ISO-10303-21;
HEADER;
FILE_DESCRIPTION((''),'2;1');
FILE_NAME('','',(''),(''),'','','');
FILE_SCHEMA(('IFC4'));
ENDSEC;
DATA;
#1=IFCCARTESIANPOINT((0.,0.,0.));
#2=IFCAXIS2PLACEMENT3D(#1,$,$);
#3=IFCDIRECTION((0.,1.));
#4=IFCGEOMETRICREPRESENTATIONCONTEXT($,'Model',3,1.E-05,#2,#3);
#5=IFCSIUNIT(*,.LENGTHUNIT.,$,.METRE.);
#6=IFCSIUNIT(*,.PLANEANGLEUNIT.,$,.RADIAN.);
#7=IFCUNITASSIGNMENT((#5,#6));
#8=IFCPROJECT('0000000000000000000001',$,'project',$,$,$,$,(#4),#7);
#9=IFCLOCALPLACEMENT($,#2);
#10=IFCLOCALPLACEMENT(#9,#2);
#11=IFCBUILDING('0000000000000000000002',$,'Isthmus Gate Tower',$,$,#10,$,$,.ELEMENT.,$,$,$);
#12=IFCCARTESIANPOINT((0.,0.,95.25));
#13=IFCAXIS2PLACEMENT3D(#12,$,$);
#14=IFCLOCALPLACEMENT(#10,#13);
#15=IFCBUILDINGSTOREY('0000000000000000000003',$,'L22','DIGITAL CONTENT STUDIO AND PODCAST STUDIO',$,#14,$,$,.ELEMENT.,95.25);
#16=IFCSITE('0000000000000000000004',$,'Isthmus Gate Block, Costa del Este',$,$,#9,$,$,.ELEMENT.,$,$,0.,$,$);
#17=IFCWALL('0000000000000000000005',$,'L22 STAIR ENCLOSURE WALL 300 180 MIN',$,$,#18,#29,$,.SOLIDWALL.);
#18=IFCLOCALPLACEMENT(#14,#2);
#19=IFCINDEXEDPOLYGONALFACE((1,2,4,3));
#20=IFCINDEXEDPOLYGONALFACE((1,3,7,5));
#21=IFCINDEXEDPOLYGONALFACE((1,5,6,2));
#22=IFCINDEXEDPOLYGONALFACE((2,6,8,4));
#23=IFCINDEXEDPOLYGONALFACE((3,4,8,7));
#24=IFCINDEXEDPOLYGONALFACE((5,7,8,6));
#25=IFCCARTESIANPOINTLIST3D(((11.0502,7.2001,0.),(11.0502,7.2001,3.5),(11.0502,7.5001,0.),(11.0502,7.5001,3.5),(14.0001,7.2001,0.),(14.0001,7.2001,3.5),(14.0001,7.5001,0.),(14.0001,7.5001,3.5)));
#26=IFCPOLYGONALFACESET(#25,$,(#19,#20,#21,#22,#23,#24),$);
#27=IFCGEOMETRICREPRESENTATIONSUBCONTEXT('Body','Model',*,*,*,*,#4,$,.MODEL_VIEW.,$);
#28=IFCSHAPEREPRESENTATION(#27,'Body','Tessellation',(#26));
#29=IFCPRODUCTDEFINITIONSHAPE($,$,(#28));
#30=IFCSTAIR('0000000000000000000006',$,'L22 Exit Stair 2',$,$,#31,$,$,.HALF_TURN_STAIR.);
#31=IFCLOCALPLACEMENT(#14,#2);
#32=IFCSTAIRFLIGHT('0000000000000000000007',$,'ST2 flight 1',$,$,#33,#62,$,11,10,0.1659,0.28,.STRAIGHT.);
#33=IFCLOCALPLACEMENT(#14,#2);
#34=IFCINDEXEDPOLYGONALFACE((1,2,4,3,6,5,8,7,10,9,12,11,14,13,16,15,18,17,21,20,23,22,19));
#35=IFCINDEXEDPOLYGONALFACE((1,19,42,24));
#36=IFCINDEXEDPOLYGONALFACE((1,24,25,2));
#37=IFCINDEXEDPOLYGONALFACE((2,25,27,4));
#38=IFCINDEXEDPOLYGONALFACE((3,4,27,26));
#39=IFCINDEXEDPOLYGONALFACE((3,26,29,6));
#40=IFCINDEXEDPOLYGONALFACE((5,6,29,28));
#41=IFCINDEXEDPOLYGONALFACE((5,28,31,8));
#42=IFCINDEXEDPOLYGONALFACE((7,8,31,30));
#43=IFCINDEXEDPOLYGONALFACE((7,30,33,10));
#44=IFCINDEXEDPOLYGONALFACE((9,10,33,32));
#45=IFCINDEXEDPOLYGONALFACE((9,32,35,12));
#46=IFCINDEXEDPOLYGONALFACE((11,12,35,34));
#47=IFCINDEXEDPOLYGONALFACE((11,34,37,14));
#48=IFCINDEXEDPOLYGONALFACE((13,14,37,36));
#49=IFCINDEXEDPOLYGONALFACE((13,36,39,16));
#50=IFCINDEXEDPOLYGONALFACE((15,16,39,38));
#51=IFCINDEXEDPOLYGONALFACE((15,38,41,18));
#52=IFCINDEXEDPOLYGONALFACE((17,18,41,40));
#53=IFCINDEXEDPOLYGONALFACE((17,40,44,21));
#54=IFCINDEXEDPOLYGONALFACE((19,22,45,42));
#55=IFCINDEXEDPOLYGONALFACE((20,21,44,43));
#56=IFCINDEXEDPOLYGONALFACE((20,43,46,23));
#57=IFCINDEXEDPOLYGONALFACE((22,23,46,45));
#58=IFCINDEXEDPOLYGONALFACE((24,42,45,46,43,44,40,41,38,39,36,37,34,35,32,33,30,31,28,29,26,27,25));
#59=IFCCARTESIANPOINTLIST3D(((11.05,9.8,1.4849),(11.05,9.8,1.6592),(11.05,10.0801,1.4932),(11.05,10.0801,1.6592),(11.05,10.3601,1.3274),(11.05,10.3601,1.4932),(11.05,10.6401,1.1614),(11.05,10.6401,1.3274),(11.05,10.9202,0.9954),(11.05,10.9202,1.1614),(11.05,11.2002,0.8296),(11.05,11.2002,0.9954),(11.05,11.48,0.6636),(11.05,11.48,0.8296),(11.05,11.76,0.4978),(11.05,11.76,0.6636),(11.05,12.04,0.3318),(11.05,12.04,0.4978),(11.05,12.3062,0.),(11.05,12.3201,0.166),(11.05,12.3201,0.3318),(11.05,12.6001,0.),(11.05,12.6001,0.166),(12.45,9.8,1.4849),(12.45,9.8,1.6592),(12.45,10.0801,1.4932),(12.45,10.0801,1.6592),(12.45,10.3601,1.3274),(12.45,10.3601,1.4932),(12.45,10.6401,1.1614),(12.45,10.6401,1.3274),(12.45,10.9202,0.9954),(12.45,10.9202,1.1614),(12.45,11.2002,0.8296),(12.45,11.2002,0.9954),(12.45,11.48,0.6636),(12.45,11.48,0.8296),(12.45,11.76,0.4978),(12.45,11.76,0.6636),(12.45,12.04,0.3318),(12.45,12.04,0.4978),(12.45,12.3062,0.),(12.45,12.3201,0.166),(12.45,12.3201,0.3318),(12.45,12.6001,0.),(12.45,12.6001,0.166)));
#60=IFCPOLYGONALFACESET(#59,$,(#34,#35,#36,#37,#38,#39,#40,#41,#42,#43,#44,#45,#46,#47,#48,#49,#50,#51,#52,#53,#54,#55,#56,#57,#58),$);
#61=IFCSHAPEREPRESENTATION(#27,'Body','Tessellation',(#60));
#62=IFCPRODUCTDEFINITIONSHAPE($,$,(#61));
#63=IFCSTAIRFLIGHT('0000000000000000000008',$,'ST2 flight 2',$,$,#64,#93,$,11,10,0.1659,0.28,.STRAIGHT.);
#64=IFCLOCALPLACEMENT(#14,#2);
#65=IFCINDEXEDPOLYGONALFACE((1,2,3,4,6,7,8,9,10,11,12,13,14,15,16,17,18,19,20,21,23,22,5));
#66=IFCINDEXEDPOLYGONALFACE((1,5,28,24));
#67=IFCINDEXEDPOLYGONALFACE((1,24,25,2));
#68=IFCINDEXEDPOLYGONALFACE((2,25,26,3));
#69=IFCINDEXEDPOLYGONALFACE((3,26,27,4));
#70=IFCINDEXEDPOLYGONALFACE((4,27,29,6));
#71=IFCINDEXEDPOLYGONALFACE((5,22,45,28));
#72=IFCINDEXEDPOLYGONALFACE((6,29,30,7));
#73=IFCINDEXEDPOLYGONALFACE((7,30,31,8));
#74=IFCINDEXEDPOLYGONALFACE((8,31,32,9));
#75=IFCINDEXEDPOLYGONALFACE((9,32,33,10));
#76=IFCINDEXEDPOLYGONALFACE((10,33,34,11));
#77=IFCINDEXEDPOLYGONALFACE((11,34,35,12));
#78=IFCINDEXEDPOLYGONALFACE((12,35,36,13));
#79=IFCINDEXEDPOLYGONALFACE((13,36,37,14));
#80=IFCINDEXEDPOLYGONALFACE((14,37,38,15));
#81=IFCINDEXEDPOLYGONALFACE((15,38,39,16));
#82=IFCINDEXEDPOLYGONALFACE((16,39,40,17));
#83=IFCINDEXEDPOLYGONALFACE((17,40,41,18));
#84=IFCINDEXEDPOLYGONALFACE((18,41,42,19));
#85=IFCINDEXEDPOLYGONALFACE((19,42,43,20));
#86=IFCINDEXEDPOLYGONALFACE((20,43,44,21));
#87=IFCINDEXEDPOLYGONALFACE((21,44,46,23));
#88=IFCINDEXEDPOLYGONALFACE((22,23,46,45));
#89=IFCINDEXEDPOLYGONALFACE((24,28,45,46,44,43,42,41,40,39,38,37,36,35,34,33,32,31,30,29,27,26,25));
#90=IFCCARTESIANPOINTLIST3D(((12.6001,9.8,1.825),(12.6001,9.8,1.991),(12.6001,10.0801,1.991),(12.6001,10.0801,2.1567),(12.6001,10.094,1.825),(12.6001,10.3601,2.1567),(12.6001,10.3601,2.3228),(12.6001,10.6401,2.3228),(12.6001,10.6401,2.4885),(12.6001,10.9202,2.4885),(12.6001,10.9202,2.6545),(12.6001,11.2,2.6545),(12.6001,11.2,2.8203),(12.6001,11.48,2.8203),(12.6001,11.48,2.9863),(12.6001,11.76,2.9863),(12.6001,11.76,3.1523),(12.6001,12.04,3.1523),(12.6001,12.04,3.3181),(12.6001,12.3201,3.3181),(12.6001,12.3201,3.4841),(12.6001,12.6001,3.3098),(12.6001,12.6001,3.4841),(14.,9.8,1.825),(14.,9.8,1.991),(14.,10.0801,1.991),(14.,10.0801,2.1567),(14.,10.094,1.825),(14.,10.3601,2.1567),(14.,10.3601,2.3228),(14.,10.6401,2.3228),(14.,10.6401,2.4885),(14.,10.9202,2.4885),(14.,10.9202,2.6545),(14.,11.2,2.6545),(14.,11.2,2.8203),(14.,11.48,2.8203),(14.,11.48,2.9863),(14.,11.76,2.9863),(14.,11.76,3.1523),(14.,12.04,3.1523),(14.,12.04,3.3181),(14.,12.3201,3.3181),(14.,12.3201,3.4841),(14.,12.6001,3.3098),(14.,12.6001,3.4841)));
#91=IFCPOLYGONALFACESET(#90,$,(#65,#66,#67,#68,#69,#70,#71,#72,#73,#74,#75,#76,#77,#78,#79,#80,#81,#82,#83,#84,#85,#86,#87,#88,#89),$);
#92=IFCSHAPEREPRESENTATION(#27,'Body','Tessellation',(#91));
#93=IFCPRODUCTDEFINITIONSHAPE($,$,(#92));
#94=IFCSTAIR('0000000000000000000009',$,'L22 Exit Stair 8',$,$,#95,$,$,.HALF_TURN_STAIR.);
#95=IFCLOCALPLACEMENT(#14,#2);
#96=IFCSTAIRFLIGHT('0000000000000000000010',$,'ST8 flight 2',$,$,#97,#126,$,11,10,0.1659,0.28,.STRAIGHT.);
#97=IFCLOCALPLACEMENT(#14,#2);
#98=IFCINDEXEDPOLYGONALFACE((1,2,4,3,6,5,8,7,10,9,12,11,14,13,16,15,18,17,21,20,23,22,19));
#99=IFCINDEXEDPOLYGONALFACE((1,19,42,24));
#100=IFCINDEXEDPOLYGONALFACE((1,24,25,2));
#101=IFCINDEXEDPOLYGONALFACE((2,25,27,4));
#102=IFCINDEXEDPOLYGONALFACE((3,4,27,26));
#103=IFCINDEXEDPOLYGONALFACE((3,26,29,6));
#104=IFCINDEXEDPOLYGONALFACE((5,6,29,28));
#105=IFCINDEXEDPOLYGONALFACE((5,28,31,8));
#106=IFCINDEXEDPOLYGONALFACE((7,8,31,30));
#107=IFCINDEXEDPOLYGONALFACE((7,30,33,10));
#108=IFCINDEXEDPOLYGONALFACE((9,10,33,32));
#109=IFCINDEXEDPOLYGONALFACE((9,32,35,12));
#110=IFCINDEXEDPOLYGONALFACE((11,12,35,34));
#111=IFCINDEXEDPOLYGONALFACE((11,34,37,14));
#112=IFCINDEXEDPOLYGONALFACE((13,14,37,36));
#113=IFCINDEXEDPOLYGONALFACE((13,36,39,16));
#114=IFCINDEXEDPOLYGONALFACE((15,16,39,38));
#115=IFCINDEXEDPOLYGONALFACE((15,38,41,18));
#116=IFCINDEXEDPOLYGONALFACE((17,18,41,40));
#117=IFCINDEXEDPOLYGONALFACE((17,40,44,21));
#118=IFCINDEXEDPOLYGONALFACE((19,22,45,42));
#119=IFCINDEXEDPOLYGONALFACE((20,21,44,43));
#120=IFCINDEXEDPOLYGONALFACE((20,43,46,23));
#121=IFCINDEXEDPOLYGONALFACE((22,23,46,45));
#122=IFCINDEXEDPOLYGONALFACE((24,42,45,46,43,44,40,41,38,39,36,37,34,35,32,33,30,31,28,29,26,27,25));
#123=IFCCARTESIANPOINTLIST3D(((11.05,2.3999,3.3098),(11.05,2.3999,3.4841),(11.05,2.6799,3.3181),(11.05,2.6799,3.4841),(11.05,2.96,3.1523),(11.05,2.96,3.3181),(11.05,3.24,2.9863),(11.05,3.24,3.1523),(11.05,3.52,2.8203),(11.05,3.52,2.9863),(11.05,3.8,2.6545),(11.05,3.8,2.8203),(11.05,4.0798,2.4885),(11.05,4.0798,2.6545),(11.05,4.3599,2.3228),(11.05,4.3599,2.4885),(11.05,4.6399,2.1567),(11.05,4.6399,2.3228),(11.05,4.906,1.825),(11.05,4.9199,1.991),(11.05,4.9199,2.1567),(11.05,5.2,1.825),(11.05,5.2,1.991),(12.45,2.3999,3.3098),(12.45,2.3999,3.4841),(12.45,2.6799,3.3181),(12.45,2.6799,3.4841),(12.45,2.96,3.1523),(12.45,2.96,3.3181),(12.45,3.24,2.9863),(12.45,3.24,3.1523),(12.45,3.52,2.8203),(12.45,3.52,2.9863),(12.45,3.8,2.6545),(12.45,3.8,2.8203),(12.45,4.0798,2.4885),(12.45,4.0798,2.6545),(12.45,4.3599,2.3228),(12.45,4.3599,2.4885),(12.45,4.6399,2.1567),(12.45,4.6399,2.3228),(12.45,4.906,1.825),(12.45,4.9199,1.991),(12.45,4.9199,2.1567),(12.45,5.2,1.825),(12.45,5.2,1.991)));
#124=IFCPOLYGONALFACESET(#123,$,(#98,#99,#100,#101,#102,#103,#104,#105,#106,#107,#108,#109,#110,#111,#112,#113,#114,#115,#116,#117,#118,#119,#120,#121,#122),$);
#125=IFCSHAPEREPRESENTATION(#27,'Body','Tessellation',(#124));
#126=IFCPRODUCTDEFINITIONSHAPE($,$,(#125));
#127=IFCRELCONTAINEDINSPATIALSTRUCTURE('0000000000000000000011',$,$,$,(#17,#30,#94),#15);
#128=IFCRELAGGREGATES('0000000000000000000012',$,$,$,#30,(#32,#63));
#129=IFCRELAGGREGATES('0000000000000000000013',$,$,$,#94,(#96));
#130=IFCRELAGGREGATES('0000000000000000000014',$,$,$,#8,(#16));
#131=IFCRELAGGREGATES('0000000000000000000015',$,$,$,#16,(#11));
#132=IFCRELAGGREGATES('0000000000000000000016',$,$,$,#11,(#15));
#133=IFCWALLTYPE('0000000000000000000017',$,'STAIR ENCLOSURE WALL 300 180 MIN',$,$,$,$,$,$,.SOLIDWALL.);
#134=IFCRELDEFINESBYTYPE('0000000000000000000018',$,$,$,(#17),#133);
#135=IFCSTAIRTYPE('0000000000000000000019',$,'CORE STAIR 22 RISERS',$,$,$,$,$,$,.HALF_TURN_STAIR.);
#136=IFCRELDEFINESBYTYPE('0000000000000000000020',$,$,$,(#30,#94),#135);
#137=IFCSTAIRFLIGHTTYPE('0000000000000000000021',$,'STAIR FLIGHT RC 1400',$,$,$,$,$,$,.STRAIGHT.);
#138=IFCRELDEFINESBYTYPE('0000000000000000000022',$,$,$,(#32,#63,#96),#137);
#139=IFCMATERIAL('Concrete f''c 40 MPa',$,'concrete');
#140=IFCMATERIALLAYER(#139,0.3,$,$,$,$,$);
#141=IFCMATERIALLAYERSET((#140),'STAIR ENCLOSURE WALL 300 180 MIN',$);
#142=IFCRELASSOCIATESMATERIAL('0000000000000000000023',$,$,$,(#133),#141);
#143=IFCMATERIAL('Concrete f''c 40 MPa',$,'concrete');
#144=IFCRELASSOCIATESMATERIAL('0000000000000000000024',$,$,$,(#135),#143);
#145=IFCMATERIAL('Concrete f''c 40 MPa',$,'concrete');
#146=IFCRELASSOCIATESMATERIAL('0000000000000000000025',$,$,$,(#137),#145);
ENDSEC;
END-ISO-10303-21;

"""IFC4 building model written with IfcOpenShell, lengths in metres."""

from ifc_helpers import new_model, si_unit, direction, frame, frame_2d, origin, place, context, subcontext, project, spatial, polyline, rectangle, outline, extrude, material, layer, layer_set, type_object, element, aggregate, save


model = new_model("IFC4")

# Units and contexts
model_context = context("Model", 3, precision=1e-05, world=origin(), true_north=direction((0.0, 1.0)))
body_context = subcontext(model_context, "Body", "Model", "MODEL_VIEW")
ifc_project = project(units=[si_unit("LENGTHUNIT", "METRE"), si_unit("PLANEANGLEUNIT", "RADIAN")], contexts=[model_context])

# Site, building, storey
site_placement = place(None, origin())
site = spatial("IfcSite", under=ifc_project, at=site_placement, Name="Isthmus Gate Block, Costa del Este", CompositionType="ELEMENT", RefElevation=0.0)
building_placement = place(site_placement, origin())
building = spatial("IfcBuilding", under=site, at=building_placement, Name="Isthmus Gate Tower", CompositionType="ELEMENT")
storey_placement = place(building_placement, frame((0.0, 0.0, 95.25)))
storey = spatial("IfcBuildingStorey", under=building, at=storey_placement, Name="L22", Description="DIGITAL CONTENT STUDIO AND PODCAST STUDIO", CompositionType="ELEMENT", Elevation=95.25)

# Wall
ifc_material_1 = material(Name="Concrete f'c 40 MPa", Category="concrete")
ifc_layer_1 = layer(ifc_material_1, 0.3)
ifc_layer_set_1 = layer_set([ifc_layer_1], Name="STAIR ENCLOSURE WALL 300 180 MIN")
wall_type_1 = type_object("IfcWallType", Name="STAIR ENCLOSURE WALL 300 180 MIN", PredefinedType="SOLIDWALL", material=ifc_layer_set_1)
wall_1_placement = place(storey_placement, frame((11.05, 7.3501, 0.0), z_axis=(0.0, 0.0, 1.0), x_axis=(1.0, 0.0, 0.0)))
element("IfcWall", 1, at=wall_1_placement, inside=storey, type_object=wall_type_1, Name="L22 STAIR ENCLOSURE WALL 300 180 MIN", PredefinedType="SOLIDWALL", context=body_context, shape_type="SweptSolid", body=[
    extrude(rectangle(XDim=2.95, YDim=0.3, at=frame_2d((1.4751, 0.0))), origin(), (0.0, 0.0, 1.0), 3.5),
])

# Stair, stair flights
ifc_material_2 = material(Name="Concrete f'c 40 MPa", Category="concrete")
stair_type = type_object("IfcStairType", Name="CORE STAIR 22 RISERS", PredefinedType="HALF_TURN_STAIR", material=ifc_material_2)
stair_1_placement = place(storey_placement, origin())
stair_1 = element("IfcStair", 2, at=stair_1_placement, inside=storey, type_object=stair_type, Name="L22 Exit Stair 2", PredefinedType="HALF_TURN_STAIR")
ifc_material_3 = material(Name="Concrete f'c 40 MPa", Category="concrete")
stair_flight_type = type_object("IfcStairFlightType", Name="STAIR FLIGHT RC 1400", PredefinedType="STRAIGHT", material=ifc_material_3)
stair_flight_1_placement = place(storey_placement, frame((11.75, 12.6001, 0.0), z_axis=(0.0, 0.0, 1.0), x_axis=(0.0, -1.0, 0.0)))
stair_flight_1 = element("IfcStairFlight", 3, at=stair_flight_1_placement, type_object=stair_flight_type, Name="ST2 flight 1", NumberOfRisers=11, NumberOfTreads=10, PredefinedType="STRAIGHT", RiserHeight=0.1659, TreadLength=0.28, context=body_context, shape_type="SweptSolid", body=[
    extrude(outline(polyline([(0.0, 0.0), (0.0, 0.166), (0.28, 0.166), (0.28, 0.3318), (0.5601, 0.3318), (0.5601, 0.4978), (0.8401, 0.4978), (0.8401, 0.6636), (1.1201, 0.6636), (1.1201, 0.8296), (1.3999, 0.8296), (1.3999, 0.9954), (1.6799, 0.9954), (1.6799, 1.1614), (1.96, 1.1614), (1.96, 1.3274), (2.24, 1.3274), (2.24, 1.4932), (2.52, 1.4932), (2.52, 1.6592), (2.8, 1.6592), (2.8, 1.825), (2.8, 1.4849), (0.2939, 0.0), (0.0, 0.0)])), frame((0.0, 0.7, 0.0), z_axis=(0.0, -1.0, 0.0), x_axis=(1.0, 0.0, 0.0)), (0.0, 0.0, 1.0), 1.3999),
])
stair_flight_2_placement = place(storey_placement, frame((13.3, 9.8, 1.825), z_axis=(0.0, 0.0, 1.0), x_axis=(0.0, 1.0, 0.0)))
stair_flight_2 = element("IfcStairFlight", 4, at=stair_flight_2_placement, type_object=stair_flight_type, Name="ST2 flight 2", NumberOfRisers=11, NumberOfTreads=10, PredefinedType="STRAIGHT", RiserHeight=0.1659, TreadLength=0.28, context=body_context, shape_type="SweptSolid", body=[
    extrude(outline(polyline([(0.0, 0.0), (0.0, 0.166), (0.28, 0.166), (0.28, 0.3318), (0.5601, 0.3318), (0.5601, 0.4978), (0.8401, 0.4978), (0.8401, 0.6636), (1.1201, 0.6636), (1.1201, 0.8296), (1.3999, 0.8296), (1.3999, 0.9954), (1.6799, 0.9954), (1.6799, 1.1614), (1.96, 1.1614), (1.96, 1.3274), (2.24, 1.3274), (2.24, 1.4932), (2.52, 1.4932), (2.52, 1.6592), (2.8, 1.6592), (2.8, 1.825), (2.8, 1.4849), (0.2939, 0.0), (0.0, 0.0)])), frame((0.0, 0.7, 0.0), z_axis=(0.0, -1.0, 0.0), x_axis=(1.0, 0.0, 0.0)), (0.0, 0.0, 1.0), 1.3999),
])
aggregate(stair_1, [stair_flight_1, stair_flight_2])

# Stair, stair flight
stair_2_placement = place(storey_placement, origin())
stair_2 = element("IfcStair", 5, at=stair_2_placement, inside=storey, type_object=stair_type, Name="L22 Exit Stair 8", PredefinedType="HALF_TURN_STAIR")
stair_flight_3_placement = place(storey_placement, frame((11.75, 5.2, 1.825), z_axis=(0.0, 0.0, 1.0), x_axis=(0.0, -1.0, 0.0)))
stair_flight_3 = element("IfcStairFlight", 6, at=stair_flight_3_placement, type_object=stair_flight_type, Name="ST8 flight 2", NumberOfRisers=11, NumberOfTreads=10, PredefinedType="STRAIGHT", RiserHeight=0.1659, TreadLength=0.28, context=body_context, shape_type="SweptSolid", body=[
    extrude(outline(polyline([(0.0, 0.0), (0.0, 0.166), (0.28, 0.166), (0.28, 0.3318), (0.5601, 0.3318), (0.5601, 0.4978), (0.8401, 0.4978), (0.8401, 0.6636), (1.1201, 0.6636), (1.1201, 0.8296), (1.3999, 0.8296), (1.3999, 0.9954), (1.6799, 0.9954), (1.6799, 1.1614), (1.96, 1.1614), (1.96, 1.3274), (2.24, 1.3274), (2.24, 1.4932), (2.52, 1.4932), (2.52, 1.6592), (2.8, 1.6592), (2.8, 1.825), (2.8, 1.4849), (0.2939, 0.0), (0.0, 0.0)])), frame((0.0, 0.7, 0.0), z_axis=(0.0, -1.0, 0.0), x_axis=(1.0, 0.0, 0.0)), (0.0, 0.0, 1.0), 1.3999),
])
aggregate(stair_2, [stair_flight_3])

save(model, "model.ifc")
